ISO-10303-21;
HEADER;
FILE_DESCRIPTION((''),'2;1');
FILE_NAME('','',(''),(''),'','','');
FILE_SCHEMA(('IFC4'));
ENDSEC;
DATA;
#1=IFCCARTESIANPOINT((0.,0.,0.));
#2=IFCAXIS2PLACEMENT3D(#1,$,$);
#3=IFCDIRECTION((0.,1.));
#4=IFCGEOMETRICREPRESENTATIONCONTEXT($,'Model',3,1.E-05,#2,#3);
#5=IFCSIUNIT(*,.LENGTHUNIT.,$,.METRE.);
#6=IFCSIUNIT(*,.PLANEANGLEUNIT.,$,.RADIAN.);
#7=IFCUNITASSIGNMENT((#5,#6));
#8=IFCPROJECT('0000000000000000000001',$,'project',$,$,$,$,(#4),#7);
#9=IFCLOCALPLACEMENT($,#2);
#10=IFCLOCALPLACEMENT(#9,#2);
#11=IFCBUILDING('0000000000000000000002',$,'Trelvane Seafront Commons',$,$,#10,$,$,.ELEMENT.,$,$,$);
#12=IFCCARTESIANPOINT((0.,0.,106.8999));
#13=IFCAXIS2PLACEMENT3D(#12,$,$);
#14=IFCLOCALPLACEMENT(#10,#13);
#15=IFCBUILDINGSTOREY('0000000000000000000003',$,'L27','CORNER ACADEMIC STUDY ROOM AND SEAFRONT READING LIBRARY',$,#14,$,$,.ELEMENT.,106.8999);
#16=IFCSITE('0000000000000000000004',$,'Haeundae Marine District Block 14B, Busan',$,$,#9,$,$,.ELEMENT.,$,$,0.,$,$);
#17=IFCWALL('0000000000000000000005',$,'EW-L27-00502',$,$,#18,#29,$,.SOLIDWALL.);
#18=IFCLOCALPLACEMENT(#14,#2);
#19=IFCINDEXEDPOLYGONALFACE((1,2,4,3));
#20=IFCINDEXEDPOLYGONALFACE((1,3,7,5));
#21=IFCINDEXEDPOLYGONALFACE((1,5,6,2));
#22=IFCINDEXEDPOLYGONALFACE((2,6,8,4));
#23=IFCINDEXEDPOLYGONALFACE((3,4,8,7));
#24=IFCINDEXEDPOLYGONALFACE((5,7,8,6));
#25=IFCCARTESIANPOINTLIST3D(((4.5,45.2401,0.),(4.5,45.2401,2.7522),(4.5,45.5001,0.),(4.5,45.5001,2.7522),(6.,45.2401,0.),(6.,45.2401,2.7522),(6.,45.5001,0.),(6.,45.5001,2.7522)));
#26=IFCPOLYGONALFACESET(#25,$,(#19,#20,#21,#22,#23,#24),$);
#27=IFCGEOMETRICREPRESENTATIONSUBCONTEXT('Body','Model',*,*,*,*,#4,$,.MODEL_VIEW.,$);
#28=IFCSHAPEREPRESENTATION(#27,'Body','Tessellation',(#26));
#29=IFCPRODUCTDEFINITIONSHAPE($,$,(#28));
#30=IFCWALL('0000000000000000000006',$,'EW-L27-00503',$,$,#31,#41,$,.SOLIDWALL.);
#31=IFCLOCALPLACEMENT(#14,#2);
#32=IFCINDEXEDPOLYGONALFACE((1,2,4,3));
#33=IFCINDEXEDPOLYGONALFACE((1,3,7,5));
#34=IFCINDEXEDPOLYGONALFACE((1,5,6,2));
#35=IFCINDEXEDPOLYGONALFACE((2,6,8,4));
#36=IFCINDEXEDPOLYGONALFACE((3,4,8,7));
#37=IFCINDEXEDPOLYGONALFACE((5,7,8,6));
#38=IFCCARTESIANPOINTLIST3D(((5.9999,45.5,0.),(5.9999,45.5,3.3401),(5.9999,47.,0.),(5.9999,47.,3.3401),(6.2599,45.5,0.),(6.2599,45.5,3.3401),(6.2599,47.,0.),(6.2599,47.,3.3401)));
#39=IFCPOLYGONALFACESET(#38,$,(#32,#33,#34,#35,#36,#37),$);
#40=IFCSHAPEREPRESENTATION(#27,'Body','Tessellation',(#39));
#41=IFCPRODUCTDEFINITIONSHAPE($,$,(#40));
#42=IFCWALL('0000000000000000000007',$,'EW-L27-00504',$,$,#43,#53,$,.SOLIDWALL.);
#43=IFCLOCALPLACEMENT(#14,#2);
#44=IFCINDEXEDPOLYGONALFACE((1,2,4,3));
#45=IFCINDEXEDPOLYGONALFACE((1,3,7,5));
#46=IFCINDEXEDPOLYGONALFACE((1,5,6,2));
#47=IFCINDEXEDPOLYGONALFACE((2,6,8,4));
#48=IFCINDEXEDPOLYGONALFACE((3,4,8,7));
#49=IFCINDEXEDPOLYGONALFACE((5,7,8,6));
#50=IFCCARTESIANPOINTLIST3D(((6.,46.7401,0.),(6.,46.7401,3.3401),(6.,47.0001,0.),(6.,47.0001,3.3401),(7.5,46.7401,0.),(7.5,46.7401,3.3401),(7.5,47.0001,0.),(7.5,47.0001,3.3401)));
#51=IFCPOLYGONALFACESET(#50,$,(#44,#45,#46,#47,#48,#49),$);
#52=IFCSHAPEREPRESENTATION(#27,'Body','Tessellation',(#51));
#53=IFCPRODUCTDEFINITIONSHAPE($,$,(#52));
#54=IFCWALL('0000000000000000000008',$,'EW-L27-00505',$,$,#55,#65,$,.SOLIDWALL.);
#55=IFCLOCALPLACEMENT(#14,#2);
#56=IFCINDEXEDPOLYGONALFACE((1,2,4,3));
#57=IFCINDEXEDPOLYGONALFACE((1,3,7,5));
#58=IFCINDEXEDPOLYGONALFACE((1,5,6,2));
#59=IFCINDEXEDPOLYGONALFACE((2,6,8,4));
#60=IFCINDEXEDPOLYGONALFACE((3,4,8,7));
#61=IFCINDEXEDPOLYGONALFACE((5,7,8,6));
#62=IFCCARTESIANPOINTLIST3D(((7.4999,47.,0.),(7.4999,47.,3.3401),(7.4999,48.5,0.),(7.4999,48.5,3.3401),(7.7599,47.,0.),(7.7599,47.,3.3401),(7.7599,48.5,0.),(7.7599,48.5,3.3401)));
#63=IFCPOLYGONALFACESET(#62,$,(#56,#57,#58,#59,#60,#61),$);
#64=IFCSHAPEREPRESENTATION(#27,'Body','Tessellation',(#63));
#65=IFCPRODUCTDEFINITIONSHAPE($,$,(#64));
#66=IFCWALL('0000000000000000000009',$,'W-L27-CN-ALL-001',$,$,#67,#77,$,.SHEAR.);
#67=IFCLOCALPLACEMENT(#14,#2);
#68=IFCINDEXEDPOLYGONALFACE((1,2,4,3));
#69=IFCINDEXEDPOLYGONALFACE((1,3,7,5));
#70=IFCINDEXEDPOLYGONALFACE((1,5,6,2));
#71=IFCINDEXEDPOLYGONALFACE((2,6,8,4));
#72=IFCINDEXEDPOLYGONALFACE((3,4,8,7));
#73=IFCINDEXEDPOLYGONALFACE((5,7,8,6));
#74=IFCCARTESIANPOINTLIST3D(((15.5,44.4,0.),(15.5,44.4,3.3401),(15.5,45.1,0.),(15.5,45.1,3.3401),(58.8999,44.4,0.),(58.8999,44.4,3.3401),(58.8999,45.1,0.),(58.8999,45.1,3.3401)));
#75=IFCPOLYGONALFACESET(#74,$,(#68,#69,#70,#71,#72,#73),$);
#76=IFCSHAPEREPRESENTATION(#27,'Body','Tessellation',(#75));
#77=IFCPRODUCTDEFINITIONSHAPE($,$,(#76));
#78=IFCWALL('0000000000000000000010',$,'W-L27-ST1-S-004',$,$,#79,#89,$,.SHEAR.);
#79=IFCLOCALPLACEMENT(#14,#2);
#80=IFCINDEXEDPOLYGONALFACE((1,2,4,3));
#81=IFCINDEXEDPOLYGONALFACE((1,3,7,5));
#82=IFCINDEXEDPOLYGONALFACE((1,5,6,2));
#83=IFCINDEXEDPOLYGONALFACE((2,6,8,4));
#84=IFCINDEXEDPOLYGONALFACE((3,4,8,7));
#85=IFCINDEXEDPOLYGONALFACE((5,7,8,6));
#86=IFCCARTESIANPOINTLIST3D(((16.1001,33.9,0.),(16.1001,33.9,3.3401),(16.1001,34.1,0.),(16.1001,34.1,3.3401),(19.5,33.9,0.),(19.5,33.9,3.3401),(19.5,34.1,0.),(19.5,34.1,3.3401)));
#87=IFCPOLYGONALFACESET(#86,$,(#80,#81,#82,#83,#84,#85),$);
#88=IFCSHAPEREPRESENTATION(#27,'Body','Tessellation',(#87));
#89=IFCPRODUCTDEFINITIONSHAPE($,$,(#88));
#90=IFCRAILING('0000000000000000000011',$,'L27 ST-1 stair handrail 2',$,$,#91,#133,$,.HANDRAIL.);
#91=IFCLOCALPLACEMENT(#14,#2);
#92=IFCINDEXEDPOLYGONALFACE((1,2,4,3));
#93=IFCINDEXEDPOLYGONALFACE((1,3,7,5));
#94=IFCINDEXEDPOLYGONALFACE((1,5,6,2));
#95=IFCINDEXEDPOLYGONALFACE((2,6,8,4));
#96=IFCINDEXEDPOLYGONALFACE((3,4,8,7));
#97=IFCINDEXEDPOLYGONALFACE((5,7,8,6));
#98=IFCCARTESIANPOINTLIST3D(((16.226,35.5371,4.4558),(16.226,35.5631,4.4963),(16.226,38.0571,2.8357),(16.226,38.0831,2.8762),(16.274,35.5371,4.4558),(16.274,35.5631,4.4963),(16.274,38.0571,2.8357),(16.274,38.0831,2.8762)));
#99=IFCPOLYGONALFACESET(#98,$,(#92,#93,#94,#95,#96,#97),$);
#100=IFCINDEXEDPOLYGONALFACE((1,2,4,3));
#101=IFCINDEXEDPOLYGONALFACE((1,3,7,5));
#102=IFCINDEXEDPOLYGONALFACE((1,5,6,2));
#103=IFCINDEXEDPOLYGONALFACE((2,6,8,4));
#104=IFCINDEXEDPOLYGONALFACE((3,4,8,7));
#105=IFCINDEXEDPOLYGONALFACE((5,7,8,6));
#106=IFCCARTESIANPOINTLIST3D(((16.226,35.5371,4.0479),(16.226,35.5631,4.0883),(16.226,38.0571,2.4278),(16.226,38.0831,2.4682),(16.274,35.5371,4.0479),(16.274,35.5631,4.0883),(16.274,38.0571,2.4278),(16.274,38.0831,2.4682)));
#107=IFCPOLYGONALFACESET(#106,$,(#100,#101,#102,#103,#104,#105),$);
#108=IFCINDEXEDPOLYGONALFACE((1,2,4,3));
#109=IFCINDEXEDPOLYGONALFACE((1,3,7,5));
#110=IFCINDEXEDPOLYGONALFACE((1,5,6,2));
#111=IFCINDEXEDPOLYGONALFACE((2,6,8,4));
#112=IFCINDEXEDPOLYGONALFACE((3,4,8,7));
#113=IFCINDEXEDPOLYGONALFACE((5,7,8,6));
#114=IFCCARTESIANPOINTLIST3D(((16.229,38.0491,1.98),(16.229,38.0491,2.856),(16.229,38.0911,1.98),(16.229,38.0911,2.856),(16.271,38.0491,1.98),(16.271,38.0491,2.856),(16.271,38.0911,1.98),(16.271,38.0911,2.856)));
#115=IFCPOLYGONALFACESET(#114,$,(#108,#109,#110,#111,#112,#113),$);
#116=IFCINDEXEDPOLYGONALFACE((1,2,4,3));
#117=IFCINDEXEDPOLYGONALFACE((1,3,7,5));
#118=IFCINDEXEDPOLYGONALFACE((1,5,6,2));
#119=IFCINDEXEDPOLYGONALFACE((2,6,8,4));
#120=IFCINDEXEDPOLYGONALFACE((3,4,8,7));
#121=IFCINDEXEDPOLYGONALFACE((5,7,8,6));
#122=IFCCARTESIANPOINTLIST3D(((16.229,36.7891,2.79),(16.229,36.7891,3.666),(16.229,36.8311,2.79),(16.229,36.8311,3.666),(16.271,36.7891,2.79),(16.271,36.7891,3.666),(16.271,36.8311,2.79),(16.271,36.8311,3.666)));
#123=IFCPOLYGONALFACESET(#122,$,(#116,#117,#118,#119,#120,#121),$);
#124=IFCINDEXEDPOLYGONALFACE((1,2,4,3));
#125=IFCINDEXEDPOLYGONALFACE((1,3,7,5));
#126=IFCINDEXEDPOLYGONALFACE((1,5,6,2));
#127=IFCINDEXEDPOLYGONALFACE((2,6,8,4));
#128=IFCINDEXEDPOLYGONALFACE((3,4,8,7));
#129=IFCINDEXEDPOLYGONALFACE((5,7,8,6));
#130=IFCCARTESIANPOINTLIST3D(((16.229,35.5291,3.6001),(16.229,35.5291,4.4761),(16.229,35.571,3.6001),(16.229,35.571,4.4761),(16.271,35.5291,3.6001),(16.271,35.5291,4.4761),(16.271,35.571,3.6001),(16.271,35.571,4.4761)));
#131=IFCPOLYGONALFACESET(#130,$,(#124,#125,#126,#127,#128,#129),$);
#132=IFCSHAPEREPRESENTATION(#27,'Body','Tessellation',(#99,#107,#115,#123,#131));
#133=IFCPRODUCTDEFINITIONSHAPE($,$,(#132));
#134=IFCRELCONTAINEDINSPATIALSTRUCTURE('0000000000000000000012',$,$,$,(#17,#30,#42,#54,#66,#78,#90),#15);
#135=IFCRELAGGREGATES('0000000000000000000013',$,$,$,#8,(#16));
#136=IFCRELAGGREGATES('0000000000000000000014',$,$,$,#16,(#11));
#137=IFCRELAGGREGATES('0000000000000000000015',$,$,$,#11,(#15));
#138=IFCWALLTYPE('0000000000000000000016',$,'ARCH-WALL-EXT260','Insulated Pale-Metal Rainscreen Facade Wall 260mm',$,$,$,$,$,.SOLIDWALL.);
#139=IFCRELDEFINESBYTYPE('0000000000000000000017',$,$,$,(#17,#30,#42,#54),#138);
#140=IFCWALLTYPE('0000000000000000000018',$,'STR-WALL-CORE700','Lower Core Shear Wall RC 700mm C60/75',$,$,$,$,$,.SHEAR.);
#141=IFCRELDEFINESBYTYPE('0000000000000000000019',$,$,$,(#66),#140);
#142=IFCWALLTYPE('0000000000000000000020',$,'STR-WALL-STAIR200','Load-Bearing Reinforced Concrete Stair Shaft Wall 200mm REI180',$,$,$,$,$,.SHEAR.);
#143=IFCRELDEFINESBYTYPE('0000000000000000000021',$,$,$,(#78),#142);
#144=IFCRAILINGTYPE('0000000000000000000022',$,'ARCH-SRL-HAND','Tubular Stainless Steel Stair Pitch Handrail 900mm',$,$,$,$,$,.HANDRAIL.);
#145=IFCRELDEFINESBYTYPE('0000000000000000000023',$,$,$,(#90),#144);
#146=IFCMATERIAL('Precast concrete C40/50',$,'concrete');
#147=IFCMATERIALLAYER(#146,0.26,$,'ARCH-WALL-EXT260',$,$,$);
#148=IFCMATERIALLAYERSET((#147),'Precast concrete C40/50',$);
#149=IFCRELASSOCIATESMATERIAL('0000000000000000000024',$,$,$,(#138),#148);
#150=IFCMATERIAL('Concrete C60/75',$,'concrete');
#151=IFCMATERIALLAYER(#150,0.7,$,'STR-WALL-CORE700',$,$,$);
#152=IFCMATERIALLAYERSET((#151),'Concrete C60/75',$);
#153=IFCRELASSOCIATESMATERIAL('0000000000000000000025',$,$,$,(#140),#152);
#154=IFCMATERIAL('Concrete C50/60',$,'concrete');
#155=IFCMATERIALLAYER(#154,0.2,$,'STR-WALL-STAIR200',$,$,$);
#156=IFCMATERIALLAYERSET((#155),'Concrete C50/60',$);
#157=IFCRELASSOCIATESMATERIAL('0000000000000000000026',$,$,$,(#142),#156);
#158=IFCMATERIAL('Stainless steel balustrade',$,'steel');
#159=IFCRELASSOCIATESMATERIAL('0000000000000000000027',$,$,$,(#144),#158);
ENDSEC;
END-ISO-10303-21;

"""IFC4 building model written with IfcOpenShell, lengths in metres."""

from ifc_helpers import new_model, si_unit, direction, frame, frame_2d, origin, origin_2d, place, context, subcontext, project, spatial, rectangle, extrude, material, layer, layer_set, type_object, element, save


model = new_model("IFC4")

# Units and contexts
model_context = context("Model", 3, precision=1e-05, world=origin(), true_north=direction((0.0, 1.0)))
body_context = subcontext(model_context, "Body", "Model", "MODEL_VIEW")
ifc_project = project(units=[si_unit("LENGTHUNIT", "METRE"), si_unit("PLANEANGLEUNIT", "RADIAN")], contexts=[model_context])

# Site, building, storey
site_placement = place(None, origin())
site = spatial("IfcSite", under=ifc_project, at=site_placement, Name="Haeundae Marine District Block 14B, Busan", CompositionType="ELEMENT", RefElevation=0.0)
building_placement = place(site_placement, origin())
building = spatial("IfcBuilding", under=site, at=building_placement, Name="Trelvane Seafront Commons", CompositionType="ELEMENT")
storey_placement = place(building_placement, frame((0.0, 0.0, 106.8999)))
storey = spatial("IfcBuildingStorey", under=building, at=storey_placement, Name="L27", Description="CORNER ACADEMIC STUDY ROOM AND SEAFRONT READING LIBRARY", CompositionType="ELEMENT", Elevation=106.8999)

# Shared definitions
ifc_material_1 = material(Name="Concrete C60/75", Category="concrete")

# Shared definitions
ifc_material_2 = material(Name="Precast concrete C40/50", Category="concrete")
ifc_layer_1 = layer(ifc_material_2, 0.26, Name="ARCH-WALL-EXT260")
ifc_layer_set_1 = layer_set([ifc_layer_1], Name="Precast concrete C40/50")
wall_type_1 = type_object("IfcWallType", Name="ARCH-WALL-EXT260", Description="Insulated Pale-Metal Rainscreen Facade Wall 260mm", PredefinedType="SOLIDWALL", material=ifc_layer_set_1)

# Walls
wall_1_placement = place(storey_placement, frame((4.5, 45.3701, 0.0), z_axis=(0.0, 0.0, 1.0), x_axis=(1.0, 0.0, 0.0)))
element("IfcWall", 1, at=wall_1_placement, inside=storey, type_object=wall_type_1, Name="EW-L27-00502", PredefinedType="SOLIDWALL", context=body_context, shape_type="SweptSolid", body=[
    extrude(rectangle(XDim=1.5, YDim=0.26, at=frame_2d((0.75, 0.0))), origin(), (0.0, 0.0, 1.0), 2.7522),
])
for number, where, z_axis, x_axis, name in (
    (2, (6.1299, 45.5, 0.0), (0.0, 0.0, 1.0), (0.0, 1.0, 0.0), "EW-L27-00503"),
    (3, (6.0, 46.8701, 0.0), (0.0, 0.0, 1.0), (1.0, 0.0, 0.0), "EW-L27-00504"),
    (4, (7.6299, 47.0, 0.0), (0.0, 0.0, 1.0), (0.0, 1.0, 0.0), "EW-L27-00505"),
):
    element("IfcWall", number, at=place(storey_placement, frame(where, z_axis=z_axis, x_axis=x_axis)), inside=storey, type_object=wall_type_1, Name=name, PredefinedType="SOLIDWALL", context=body_context, shape_type="SweptSolid", body=[
        extrude(rectangle(XDim=1.5, YDim=0.26, at=frame_2d((0.75, 0.0))), origin(), (0.0, 0.0, 1.0), 3.3401),
    ])

# Walls
ifc_layer_2 = layer(ifc_material_1, 0.7, Name="STR-WALL-CORE700")
ifc_layer_set_2 = layer_set([ifc_layer_2], Name="Concrete C60/75")
wall_type_2 = type_object("IfcWallType", Name="STR-WALL-CORE700", Description="Lower Core Shear Wall RC 700mm C60/75", PredefinedType="SHEAR", material=ifc_layer_set_2)
wall_2_placement = place(storey_placement, frame((15.5, 44.75, 0.0), z_axis=(0.0, 0.0, 1.0), x_axis=(1.0, 0.0, 0.0)))
element("IfcWall", 5, at=wall_2_placement, inside=storey, type_object=wall_type_2, Name="W-L27-CN-ALL-001", PredefinedType="SHEAR", context=body_context, shape_type="SweptSolid", body=[
    extrude(rectangle(XDim=43.3999, YDim=0.7, at=frame_2d((21.7, 0.0))), origin(), (0.0, 0.0, 1.0), 3.3401),
])
ifc_material_3 = material(Name="Concrete C50/60", Category="concrete")
ifc_layer_3 = layer(ifc_material_3, 0.2, Name="STR-WALL-STAIR200")
ifc_layer_set_3 = layer_set([ifc_layer_3], Name="Concrete C50/60")
wall_type_3 = type_object("IfcWallType", Name="STR-WALL-STAIR200", Description="Load-Bearing Reinforced Concrete Stair Shaft Wall 200mm REI180", PredefinedType="SHEAR", material=ifc_layer_set_3)
wall_3_placement = place(storey_placement, frame((16.1001, 34.0, 0.0), z_axis=(0.0, 0.0, 1.0), x_axis=(1.0, 0.0, 0.0)))
element("IfcWall", 6, at=wall_3_placement, inside=storey, type_object=wall_type_3, Name="W-L27-ST1-S-004", PredefinedType="SHEAR", context=body_context, shape_type="SweptSolid", body=[
    extrude(rectangle(XDim=3.3999, YDim=0.2, at=frame_2d((1.7, 0.0))), origin(), (0.0, 0.0, 1.0), 3.3401),
])

# Railing
ifc_material_4 = material(Name="Stainless steel balustrade", Category="steel")
railing_type = type_object("IfcRailingType", Name="ARCH-SRL-HAND", Description="Tubular Stainless Steel Stair Pitch Handrail 900mm", PredefinedType="HANDRAIL", material=ifc_material_4)
railing_placement = place(storey_placement, frame((16.25, 38.0701, 1.98)))
element("IfcRailing", 7, at=railing_placement, inside=storey, type_object=railing_type, Name="L27 ST-1 stair handrail 2", PredefinedType="HANDRAIL", context=body_context, shape_type="SweptSolid", body=[
    extrude(rectangle(XDim=0.0481, YDim=0.0481, at=origin_2d()), frame((0.0, 0.0, 0.876), z_axis=(0.0, -0.841163, 0.540782), x_axis=(1.0, 0.0, 0.0)), (0.0, 0.0, 1.0), 2.9958),
    extrude(rectangle(XDim=0.0481, YDim=0.0481, at=origin_2d()), frame((0.0, 0.0, 0.468), z_axis=(0.0, -0.841163, 0.540782), x_axis=(1.0, 0.0, 0.0)), (0.0, 0.0, 1.0), 2.9958),
    extrude(rectangle(XDim=0.042, YDim=0.042, at=origin_2d()), origin(), (0.0, 0.0, 1.0), 0.876),
    extrude(rectangle(XDim=0.042, YDim=0.042, at=origin_2d()), frame((0.0, -1.26, 0.8101)), (0.0, 0.0, 1.0), 0.876),
    extrude(rectangle(XDim=0.042, YDim=0.042, at=origin_2d()), frame((0.0, -2.52, 1.6201)), (0.0, 0.0, 1.0), 0.876),
])

save(model, "model.ifc")
